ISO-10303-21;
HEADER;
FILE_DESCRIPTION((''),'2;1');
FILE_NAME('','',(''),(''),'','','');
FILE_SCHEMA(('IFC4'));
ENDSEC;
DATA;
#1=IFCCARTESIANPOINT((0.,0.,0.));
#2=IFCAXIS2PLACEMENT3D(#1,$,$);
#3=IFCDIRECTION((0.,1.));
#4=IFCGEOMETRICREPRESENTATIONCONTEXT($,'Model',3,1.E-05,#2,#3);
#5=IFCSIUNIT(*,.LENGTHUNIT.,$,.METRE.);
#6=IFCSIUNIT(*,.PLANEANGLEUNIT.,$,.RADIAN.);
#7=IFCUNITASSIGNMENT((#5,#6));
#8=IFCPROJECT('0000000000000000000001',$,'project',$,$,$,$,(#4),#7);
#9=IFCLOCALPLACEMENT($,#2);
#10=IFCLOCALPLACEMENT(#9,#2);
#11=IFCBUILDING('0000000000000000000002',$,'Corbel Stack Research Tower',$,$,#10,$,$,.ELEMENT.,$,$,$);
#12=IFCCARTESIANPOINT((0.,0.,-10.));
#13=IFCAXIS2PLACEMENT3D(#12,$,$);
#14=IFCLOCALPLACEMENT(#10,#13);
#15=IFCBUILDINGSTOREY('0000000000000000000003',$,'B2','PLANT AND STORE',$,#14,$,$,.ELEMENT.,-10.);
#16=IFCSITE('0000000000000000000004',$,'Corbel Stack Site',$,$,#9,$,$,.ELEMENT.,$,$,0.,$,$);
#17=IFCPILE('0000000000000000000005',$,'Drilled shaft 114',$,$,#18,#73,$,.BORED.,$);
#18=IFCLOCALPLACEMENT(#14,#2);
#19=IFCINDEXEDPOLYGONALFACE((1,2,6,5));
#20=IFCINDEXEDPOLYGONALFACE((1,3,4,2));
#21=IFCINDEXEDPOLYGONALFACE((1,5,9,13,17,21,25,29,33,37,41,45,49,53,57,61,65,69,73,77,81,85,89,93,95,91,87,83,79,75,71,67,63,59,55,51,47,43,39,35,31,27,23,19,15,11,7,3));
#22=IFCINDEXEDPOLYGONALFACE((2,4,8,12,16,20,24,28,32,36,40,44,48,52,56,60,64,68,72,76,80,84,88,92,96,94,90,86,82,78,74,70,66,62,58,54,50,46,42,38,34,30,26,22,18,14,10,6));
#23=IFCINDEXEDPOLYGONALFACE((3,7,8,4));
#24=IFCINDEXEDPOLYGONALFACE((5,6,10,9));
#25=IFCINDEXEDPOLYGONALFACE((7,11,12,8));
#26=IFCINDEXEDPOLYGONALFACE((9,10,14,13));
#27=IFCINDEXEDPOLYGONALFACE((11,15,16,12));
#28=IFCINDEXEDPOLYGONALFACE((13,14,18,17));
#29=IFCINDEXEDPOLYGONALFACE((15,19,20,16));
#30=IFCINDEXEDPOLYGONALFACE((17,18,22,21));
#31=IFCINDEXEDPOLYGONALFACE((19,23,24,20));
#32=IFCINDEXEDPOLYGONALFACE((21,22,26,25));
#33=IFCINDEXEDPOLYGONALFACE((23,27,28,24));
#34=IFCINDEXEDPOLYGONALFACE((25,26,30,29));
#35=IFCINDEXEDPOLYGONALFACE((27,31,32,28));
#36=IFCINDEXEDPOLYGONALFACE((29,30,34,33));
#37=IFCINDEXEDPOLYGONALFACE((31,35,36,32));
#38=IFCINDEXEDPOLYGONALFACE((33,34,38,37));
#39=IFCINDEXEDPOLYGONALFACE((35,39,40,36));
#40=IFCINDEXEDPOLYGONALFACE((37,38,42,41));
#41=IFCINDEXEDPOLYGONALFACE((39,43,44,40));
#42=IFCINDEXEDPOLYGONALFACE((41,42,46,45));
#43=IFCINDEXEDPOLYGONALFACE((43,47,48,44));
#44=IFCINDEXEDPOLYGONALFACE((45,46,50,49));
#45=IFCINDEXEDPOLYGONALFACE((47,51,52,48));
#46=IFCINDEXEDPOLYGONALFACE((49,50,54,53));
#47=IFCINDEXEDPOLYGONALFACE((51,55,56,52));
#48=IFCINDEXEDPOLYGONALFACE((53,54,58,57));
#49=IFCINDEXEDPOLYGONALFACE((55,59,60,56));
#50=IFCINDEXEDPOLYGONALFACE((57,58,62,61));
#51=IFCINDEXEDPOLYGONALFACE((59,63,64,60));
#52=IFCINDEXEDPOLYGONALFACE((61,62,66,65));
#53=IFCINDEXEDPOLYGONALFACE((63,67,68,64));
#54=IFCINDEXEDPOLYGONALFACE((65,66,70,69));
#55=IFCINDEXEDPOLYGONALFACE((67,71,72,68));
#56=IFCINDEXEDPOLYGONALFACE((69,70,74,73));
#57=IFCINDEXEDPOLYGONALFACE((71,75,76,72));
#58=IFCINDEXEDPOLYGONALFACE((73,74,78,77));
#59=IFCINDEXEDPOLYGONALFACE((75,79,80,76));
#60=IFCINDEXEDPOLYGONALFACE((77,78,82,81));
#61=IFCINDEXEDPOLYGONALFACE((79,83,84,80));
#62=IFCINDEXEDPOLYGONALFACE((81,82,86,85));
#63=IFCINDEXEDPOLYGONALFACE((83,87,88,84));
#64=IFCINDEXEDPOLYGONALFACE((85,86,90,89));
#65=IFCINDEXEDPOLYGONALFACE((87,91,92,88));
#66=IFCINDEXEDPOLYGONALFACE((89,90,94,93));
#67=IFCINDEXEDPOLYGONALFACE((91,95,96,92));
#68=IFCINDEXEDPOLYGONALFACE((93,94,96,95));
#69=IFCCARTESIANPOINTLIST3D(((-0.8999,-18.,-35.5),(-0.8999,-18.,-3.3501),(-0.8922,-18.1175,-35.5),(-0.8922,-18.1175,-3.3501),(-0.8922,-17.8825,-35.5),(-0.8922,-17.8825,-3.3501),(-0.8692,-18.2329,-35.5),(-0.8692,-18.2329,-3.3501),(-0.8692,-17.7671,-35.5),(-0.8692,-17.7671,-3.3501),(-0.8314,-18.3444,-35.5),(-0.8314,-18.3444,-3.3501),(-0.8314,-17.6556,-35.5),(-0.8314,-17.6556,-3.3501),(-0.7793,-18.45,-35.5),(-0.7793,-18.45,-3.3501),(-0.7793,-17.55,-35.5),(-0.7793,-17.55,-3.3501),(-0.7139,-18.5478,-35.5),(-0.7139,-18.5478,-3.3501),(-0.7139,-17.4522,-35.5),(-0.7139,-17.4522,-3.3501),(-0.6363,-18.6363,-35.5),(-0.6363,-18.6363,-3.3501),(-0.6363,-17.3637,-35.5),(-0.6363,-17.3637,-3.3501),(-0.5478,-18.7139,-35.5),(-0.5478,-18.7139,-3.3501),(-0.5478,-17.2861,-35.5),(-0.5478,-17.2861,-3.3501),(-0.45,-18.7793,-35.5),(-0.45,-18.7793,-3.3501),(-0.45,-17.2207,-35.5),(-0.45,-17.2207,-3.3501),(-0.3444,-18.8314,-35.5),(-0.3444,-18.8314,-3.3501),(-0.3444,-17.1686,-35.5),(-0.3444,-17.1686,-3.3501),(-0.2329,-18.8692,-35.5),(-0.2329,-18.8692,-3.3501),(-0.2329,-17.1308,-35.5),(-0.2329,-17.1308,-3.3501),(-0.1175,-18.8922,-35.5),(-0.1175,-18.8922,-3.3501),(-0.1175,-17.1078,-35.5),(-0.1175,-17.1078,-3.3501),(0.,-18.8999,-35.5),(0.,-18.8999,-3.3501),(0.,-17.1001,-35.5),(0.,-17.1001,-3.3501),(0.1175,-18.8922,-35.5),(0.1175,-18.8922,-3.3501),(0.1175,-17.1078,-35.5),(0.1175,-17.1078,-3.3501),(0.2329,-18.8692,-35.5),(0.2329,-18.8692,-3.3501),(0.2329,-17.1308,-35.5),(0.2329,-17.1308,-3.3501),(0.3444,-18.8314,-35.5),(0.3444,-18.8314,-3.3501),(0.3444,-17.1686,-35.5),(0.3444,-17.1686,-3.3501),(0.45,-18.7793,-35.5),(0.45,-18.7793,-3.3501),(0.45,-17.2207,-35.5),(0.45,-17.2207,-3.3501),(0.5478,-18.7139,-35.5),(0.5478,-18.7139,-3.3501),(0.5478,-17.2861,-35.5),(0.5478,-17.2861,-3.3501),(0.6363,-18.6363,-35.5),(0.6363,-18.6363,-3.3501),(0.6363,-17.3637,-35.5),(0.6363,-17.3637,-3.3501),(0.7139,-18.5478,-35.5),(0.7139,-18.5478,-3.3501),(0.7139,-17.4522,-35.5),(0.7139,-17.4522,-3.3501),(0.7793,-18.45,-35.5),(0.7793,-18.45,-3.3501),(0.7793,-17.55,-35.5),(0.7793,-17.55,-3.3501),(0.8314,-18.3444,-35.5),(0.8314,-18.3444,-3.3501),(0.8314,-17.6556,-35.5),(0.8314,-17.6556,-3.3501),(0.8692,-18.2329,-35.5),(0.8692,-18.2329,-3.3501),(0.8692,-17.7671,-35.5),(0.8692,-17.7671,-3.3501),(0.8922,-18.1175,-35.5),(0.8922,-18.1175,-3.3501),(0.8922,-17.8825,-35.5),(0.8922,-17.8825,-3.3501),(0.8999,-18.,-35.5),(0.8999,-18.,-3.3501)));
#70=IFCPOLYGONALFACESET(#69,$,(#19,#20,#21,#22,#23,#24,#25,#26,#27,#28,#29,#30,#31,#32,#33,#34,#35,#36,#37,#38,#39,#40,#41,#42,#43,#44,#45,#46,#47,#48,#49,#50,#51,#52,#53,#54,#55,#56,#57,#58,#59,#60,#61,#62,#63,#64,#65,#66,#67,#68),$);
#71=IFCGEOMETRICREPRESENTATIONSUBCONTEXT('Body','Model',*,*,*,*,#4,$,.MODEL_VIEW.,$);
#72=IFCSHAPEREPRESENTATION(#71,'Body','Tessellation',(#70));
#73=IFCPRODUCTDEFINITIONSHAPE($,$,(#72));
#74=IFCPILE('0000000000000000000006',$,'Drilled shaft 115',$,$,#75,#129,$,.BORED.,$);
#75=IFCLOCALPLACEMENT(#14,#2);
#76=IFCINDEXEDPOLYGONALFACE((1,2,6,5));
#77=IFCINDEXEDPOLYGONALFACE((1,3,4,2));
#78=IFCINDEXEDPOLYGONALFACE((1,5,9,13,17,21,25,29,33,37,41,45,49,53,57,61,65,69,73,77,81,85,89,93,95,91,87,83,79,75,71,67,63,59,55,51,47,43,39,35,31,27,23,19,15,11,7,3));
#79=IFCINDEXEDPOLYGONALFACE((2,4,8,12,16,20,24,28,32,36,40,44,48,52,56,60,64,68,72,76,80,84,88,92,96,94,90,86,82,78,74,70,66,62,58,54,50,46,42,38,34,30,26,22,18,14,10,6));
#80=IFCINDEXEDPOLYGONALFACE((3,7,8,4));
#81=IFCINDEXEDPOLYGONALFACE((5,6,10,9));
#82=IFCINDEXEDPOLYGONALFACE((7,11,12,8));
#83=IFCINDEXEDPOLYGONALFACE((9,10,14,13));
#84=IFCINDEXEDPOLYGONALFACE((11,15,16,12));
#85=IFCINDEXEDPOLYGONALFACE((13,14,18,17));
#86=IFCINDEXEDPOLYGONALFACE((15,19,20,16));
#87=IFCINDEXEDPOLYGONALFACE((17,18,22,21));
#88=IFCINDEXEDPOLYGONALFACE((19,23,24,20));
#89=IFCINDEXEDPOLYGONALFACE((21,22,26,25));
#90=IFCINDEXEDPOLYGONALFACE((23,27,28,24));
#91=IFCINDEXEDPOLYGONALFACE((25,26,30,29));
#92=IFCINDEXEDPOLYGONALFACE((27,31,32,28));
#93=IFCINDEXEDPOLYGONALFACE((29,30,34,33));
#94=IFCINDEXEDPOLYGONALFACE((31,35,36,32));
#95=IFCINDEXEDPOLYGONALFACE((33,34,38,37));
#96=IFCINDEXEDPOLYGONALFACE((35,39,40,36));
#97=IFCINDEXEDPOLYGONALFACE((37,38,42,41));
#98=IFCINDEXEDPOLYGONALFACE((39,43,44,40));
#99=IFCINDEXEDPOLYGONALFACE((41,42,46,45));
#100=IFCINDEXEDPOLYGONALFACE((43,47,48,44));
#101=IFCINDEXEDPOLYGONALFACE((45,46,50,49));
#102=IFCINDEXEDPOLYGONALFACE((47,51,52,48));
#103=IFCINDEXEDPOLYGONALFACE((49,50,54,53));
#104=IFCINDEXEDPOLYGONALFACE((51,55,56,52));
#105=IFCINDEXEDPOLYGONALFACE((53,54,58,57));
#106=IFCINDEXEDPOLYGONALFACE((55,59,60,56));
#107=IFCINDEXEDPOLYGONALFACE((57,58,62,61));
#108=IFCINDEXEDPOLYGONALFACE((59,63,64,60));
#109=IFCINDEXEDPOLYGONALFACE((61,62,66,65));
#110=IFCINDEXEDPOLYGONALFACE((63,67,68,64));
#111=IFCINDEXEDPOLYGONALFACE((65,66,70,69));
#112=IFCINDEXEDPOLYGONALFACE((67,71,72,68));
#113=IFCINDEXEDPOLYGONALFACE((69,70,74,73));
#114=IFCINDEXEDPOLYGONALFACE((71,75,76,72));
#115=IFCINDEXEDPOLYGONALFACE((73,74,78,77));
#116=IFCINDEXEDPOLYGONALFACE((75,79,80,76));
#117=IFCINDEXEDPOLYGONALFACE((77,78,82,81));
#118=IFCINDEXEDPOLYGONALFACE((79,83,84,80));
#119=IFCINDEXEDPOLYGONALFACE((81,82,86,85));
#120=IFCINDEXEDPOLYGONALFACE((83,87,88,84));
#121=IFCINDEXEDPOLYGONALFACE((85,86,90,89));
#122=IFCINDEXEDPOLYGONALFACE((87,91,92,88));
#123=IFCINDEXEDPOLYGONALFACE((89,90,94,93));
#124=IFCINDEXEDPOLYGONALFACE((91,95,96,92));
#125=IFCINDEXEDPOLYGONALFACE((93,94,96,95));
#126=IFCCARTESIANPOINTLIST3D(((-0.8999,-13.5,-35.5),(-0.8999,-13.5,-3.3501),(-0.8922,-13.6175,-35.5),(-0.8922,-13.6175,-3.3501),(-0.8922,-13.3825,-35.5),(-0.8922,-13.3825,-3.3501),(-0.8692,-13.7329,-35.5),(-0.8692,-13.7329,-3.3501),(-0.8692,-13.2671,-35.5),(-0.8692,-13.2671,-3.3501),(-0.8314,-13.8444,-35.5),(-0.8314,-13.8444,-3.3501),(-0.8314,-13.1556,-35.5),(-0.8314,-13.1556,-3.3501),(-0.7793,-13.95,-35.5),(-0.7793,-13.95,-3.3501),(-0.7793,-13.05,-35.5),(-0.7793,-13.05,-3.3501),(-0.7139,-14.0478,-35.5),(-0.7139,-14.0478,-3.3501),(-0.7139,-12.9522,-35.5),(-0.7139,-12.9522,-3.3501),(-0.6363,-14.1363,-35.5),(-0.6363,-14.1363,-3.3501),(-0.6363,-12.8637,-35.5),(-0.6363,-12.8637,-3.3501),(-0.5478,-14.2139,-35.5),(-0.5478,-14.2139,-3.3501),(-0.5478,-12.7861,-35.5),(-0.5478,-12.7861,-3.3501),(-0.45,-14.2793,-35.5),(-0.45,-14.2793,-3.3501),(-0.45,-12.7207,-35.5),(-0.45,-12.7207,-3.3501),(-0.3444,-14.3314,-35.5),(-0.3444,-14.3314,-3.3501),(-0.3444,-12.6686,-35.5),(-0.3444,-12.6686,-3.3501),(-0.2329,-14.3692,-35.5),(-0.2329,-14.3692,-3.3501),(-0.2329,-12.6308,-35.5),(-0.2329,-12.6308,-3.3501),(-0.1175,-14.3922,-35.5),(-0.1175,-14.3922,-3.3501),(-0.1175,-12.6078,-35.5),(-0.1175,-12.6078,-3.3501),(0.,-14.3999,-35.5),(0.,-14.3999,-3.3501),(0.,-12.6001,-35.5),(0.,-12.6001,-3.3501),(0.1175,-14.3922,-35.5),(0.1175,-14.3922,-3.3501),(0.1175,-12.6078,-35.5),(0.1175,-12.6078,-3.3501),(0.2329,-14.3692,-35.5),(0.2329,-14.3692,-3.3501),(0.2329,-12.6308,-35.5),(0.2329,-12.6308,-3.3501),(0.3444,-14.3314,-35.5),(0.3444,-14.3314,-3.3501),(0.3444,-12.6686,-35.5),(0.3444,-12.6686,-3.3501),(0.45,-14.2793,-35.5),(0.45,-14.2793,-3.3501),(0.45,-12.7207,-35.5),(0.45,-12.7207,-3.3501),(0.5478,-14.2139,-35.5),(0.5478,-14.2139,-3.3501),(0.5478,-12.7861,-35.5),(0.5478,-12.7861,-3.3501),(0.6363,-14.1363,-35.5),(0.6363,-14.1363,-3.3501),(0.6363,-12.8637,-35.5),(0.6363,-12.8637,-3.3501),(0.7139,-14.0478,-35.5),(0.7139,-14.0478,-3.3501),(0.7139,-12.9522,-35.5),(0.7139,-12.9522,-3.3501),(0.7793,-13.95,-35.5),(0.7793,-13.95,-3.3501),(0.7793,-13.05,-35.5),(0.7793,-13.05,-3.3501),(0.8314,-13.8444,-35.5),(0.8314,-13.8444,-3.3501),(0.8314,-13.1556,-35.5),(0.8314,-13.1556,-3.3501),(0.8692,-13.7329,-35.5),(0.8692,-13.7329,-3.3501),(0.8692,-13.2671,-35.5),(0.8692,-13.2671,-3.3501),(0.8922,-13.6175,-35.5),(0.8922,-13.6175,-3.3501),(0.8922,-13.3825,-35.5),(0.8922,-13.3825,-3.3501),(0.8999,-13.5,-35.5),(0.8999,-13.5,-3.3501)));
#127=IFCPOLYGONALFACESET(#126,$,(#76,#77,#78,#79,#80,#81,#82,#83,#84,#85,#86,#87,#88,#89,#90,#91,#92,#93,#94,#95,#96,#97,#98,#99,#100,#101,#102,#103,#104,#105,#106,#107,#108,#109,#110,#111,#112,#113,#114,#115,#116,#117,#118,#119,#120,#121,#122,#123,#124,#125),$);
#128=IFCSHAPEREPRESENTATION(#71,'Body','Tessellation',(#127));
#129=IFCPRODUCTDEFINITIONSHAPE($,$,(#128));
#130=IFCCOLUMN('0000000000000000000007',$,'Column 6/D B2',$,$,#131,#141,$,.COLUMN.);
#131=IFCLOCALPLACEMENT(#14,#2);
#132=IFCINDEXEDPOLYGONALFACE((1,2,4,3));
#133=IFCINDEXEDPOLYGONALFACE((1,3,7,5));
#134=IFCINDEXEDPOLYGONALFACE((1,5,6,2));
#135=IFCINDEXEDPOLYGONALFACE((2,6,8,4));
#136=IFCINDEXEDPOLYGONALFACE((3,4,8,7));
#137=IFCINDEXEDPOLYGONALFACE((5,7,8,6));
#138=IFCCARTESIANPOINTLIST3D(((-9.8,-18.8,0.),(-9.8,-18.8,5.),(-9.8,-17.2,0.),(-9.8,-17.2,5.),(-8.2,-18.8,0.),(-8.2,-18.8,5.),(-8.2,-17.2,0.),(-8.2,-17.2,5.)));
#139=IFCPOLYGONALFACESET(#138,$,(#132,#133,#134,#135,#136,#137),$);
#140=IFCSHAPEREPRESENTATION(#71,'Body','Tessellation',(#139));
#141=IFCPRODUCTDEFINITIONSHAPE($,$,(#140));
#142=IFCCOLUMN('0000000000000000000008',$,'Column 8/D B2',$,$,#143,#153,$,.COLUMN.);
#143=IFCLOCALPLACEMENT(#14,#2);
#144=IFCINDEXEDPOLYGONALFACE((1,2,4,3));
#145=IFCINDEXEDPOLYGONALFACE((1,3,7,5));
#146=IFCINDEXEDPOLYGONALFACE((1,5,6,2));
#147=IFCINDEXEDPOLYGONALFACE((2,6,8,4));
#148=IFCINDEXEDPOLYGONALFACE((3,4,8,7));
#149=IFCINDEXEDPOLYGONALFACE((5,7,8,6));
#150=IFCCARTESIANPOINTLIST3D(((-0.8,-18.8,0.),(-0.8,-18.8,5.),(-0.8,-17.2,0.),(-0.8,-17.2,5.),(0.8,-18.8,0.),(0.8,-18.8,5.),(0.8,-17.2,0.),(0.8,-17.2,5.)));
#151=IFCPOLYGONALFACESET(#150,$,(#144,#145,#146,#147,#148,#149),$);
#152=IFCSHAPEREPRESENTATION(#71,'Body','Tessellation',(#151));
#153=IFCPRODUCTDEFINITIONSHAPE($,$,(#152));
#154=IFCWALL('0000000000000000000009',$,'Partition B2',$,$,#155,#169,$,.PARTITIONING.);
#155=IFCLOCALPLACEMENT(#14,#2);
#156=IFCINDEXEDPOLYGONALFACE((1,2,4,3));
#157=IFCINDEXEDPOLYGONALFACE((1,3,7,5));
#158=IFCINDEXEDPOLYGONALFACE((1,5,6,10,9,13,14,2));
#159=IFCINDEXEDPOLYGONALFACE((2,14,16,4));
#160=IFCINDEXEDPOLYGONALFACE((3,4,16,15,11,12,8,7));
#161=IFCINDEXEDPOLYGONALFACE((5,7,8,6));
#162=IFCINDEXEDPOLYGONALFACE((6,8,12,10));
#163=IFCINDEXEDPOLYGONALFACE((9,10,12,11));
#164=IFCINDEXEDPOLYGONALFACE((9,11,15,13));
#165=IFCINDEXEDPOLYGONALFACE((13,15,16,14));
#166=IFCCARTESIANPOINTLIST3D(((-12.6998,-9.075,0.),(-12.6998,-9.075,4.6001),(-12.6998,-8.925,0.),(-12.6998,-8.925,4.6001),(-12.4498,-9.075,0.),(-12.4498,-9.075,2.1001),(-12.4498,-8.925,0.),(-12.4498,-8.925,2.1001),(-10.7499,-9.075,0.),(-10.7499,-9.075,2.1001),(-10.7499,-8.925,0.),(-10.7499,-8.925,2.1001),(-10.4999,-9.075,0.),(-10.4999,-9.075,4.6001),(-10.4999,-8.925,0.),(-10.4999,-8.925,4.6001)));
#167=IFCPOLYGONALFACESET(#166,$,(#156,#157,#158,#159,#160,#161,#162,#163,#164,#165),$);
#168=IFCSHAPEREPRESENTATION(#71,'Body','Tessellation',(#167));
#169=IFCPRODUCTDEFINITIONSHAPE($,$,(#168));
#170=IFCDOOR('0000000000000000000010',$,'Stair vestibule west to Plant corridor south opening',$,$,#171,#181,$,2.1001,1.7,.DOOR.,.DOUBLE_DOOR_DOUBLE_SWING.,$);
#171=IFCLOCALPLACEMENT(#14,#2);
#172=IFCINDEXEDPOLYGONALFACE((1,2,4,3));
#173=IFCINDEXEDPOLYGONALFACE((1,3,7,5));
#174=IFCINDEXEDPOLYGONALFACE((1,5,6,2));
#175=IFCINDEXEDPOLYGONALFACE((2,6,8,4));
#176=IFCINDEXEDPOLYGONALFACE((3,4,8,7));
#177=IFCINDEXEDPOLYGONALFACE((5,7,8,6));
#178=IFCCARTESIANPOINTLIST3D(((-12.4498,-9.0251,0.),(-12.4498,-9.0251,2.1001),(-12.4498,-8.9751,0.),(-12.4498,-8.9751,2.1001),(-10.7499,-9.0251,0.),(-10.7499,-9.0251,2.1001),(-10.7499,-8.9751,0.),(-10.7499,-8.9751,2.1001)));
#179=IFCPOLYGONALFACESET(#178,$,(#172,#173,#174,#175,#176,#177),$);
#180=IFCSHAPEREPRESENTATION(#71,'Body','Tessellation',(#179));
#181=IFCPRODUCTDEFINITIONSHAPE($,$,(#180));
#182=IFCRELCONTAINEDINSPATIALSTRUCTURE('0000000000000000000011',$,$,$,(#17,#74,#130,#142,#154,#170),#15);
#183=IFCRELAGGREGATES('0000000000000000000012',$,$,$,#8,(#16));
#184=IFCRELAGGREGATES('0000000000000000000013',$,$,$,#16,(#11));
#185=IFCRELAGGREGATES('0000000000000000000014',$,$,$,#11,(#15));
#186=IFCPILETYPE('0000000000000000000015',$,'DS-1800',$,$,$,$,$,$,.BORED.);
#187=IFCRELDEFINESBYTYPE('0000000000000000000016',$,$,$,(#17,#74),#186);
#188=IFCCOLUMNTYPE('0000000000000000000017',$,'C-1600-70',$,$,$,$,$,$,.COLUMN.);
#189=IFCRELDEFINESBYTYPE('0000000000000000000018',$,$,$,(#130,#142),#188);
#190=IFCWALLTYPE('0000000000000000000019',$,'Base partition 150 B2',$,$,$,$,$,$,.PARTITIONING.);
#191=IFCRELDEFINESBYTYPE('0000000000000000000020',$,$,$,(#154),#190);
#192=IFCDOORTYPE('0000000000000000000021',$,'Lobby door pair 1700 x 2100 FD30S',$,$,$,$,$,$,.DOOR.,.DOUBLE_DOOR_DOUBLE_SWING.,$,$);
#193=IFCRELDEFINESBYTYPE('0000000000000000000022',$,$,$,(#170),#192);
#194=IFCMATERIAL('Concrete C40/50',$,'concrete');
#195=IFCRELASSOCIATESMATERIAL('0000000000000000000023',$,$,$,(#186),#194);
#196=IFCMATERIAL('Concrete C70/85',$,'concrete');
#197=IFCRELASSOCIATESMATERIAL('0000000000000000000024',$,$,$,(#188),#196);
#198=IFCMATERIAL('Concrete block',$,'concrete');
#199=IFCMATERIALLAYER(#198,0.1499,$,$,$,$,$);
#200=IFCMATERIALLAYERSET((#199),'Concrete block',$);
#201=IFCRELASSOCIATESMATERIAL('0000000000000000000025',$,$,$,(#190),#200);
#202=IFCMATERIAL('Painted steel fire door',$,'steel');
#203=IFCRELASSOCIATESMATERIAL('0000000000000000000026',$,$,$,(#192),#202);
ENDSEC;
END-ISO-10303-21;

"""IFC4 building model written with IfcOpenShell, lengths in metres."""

from ifc_helpers import new_model, si_unit, direction, frame, frame_2d, origin, origin_2d, place, context, subcontext, project, spatial, rectangle, circle, extrude, material, layer, layer_set, material_profile, profile_set, type_object, element, fill, save


model = new_model("IFC4")

# Units and contexts
model_context = context("Model", 3, precision=1e-05, world=origin(), true_north=direction((0.0, 1.0)))
body_context = subcontext(model_context, "Body", "Model", "MODEL_VIEW")
ifc_project = project(units=[si_unit("LENGTHUNIT", "METRE"), si_unit("PLANEANGLEUNIT", "RADIAN")], contexts=[model_context])

# Site, building, storey
site_placement = place(None, origin())
site = spatial("IfcSite", under=ifc_project, at=site_placement, Name="Corbel Stack Site", CompositionType="ELEMENT", RefElevation=0.0)
building_placement = place(site_placement, origin())
building = spatial("IfcBuilding", under=site, at=building_placement, Name="Corbel Stack Research Tower", CompositionType="ELEMENT")
storey_placement = place(building_placement, frame((0.0, 0.0, -10.0)))
storey = spatial("IfcBuildingStorey", under=building, at=storey_placement, Name="B2", Description="PLANT AND STORE", CompositionType="ELEMENT", Elevation=-10.0)

# Piles
ifc_material_1 = material(Name="Concrete C40/50", Category="concrete")
ifc_material_profile_1 = material_profile(ifc_material_1, circle(Radius=0.8999, at=origin_2d()), Name="Shaft 1800")
ifc_profile_set_1 = profile_set([ifc_material_profile_1], Name="Concrete C40/50")
pile_type = type_object("IfcPileType", Name="DS-1800", PredefinedType="BORED", material=ifc_profile_set_1)
for number, where, z_axis, x_axis, name in (
    (1, (0.0, -18.0, -3.3501), (0.0, 0.0, -1.0), (1.0, 0.0, 0.0), "Drilled shaft 114"),
    (2, (0.0, -13.5, -3.3501), (0.0, 0.0, -1.0), (1.0, 0.0, 0.0), "Drilled shaft 115"),
):
    element("IfcPile", number, at=place(storey_placement, frame(where, z_axis=z_axis, x_axis=x_axis)), inside=storey, type_object=pile_type, Name=name, PredefinedType="BORED", context=body_context, shape_type="SweptSolid", body=[
        extrude(circle(Radius=0.8999, at=origin_2d()), origin(), (0.0, 0.0, 1.0), 32.1499),
    ])

# Columns
ifc_material_2 = material(Name="Concrete C70/85", Category="concrete")
ifc_material_profile_2 = material_profile(ifc_material_2, rectangle(XDim=1.6001, YDim=1.6001, at=origin_2d()), Name="RC 1600 x 1600")
ifc_profile_set_2 = profile_set([ifc_material_profile_2], Name="Concrete C70/85")
column_type = type_object("IfcColumnType", Name="C-1600-70", PredefinedType="COLUMN", material=ifc_profile_set_2)
for number, where, z_axis, x_axis, name in (
    (3, (-9.0, -18.0, 0.0), (0.0, 0.0, 1.0), (1.0, 0.0, 0.0), "Column 6/D B2"),
    (4, (0.0, -18.0, 0.0), (0.0, 0.0, 1.0), (1.0, 0.0, 0.0), "Column 8/D B2"),
):
    element("IfcColumn", number, at=place(storey_placement, frame(where, z_axis=z_axis, x_axis=x_axis)), inside=storey, type_object=column_type, Name=name, PredefinedType="COLUMN", context=body_context, shape_type="SweptSolid", body=[
        extrude(rectangle(XDim=1.6001, YDim=1.6001, at=origin_2d()), origin(), (0.0, 0.0, 1.0), 5.0),
    ])

# Wall, opening, door
ifc_material_3 = material(Name="Concrete block", Category="concrete")
ifc_layer_1 = layer(ifc_material_3, 0.1499)
ifc_layer_set_1 = layer_set([ifc_layer_1], Name="Concrete block")
wall_type_1 = type_object("IfcWallType", Name="Base partition 150 B2", PredefinedType="PARTITIONING", material=ifc_layer_set_1)
wall_1_placement = place(storey_placement, frame((-12.7, -9.0, 0.0), z_axis=(0.0, 0.0, 1.0), x_axis=(1.0, 0.0, 0.0)))
wall_1 = element("IfcWall", 5, at=wall_1_placement, inside=storey, type_object=wall_type_1, Name="Partition B2", PredefinedType="PARTITIONING", context=body_context, shape_type="SweptSolid", body=[
    extrude(rectangle(XDim=2.2, YDim=0.1499, at=frame_2d((1.1001, 0.0))), origin(), (0.0, 0.0, 1.0), 4.6001),
])
opening_1_placement = place(wall_1_placement, frame((0.25, 0.0, 0.0)))
opening_1 = element("IfcOpeningElement", 6, at=opening_1_placement, cuts=wall_1, PredefinedType="OPENING", context=body_context, shape_type="SweptSolid", body=[
    extrude(rectangle(XDim=1.7, YDim=2.1001, at=frame_2d((0.8501, 1.05))), frame((0.0, 0.085, 0.0), z_axis=(0.0, -1.0, 0.0), x_axis=(1.0, 0.0, 0.0)), (0.0, 0.0, 1.0), 0.1699),
])
ifc_material_4 = material(Name="Painted steel fire door", Category="steel")
door_type_1 = type_object("IfcDoorType", Name="Lobby door pair 1700 x 2100 FD30S", OperationType="DOUBLE_DOOR_DOUBLE_SWING", PredefinedType="DOOR", material=ifc_material_4)
door_1_placement = place(opening_1_placement, origin())
door_1 = element("IfcDoor", 7, at=door_1_placement, inside=storey, type_object=door_type_1, Name="Stair vestibule west to Plant corridor south opening", OperationType="DOUBLE_DOOR_DOUBLE_SWING", OverallHeight=2.1001, OverallWidth=1.7, PredefinedType="DOOR", context=body_context, shape_type="SweptSolid", body=[
    extrude(rectangle(XDim=1.7, YDim=2.1001, at=frame_2d((0.8501, 1.05))), frame((0.0, 0.0249, 0.0), z_axis=(0.0, -1.0, 0.0), x_axis=(1.0, 0.0, 0.0)), (0.0, 0.0, 1.0), 0.05),
])
fill(opening_1, door_1)

save(model, "model.ifc")
